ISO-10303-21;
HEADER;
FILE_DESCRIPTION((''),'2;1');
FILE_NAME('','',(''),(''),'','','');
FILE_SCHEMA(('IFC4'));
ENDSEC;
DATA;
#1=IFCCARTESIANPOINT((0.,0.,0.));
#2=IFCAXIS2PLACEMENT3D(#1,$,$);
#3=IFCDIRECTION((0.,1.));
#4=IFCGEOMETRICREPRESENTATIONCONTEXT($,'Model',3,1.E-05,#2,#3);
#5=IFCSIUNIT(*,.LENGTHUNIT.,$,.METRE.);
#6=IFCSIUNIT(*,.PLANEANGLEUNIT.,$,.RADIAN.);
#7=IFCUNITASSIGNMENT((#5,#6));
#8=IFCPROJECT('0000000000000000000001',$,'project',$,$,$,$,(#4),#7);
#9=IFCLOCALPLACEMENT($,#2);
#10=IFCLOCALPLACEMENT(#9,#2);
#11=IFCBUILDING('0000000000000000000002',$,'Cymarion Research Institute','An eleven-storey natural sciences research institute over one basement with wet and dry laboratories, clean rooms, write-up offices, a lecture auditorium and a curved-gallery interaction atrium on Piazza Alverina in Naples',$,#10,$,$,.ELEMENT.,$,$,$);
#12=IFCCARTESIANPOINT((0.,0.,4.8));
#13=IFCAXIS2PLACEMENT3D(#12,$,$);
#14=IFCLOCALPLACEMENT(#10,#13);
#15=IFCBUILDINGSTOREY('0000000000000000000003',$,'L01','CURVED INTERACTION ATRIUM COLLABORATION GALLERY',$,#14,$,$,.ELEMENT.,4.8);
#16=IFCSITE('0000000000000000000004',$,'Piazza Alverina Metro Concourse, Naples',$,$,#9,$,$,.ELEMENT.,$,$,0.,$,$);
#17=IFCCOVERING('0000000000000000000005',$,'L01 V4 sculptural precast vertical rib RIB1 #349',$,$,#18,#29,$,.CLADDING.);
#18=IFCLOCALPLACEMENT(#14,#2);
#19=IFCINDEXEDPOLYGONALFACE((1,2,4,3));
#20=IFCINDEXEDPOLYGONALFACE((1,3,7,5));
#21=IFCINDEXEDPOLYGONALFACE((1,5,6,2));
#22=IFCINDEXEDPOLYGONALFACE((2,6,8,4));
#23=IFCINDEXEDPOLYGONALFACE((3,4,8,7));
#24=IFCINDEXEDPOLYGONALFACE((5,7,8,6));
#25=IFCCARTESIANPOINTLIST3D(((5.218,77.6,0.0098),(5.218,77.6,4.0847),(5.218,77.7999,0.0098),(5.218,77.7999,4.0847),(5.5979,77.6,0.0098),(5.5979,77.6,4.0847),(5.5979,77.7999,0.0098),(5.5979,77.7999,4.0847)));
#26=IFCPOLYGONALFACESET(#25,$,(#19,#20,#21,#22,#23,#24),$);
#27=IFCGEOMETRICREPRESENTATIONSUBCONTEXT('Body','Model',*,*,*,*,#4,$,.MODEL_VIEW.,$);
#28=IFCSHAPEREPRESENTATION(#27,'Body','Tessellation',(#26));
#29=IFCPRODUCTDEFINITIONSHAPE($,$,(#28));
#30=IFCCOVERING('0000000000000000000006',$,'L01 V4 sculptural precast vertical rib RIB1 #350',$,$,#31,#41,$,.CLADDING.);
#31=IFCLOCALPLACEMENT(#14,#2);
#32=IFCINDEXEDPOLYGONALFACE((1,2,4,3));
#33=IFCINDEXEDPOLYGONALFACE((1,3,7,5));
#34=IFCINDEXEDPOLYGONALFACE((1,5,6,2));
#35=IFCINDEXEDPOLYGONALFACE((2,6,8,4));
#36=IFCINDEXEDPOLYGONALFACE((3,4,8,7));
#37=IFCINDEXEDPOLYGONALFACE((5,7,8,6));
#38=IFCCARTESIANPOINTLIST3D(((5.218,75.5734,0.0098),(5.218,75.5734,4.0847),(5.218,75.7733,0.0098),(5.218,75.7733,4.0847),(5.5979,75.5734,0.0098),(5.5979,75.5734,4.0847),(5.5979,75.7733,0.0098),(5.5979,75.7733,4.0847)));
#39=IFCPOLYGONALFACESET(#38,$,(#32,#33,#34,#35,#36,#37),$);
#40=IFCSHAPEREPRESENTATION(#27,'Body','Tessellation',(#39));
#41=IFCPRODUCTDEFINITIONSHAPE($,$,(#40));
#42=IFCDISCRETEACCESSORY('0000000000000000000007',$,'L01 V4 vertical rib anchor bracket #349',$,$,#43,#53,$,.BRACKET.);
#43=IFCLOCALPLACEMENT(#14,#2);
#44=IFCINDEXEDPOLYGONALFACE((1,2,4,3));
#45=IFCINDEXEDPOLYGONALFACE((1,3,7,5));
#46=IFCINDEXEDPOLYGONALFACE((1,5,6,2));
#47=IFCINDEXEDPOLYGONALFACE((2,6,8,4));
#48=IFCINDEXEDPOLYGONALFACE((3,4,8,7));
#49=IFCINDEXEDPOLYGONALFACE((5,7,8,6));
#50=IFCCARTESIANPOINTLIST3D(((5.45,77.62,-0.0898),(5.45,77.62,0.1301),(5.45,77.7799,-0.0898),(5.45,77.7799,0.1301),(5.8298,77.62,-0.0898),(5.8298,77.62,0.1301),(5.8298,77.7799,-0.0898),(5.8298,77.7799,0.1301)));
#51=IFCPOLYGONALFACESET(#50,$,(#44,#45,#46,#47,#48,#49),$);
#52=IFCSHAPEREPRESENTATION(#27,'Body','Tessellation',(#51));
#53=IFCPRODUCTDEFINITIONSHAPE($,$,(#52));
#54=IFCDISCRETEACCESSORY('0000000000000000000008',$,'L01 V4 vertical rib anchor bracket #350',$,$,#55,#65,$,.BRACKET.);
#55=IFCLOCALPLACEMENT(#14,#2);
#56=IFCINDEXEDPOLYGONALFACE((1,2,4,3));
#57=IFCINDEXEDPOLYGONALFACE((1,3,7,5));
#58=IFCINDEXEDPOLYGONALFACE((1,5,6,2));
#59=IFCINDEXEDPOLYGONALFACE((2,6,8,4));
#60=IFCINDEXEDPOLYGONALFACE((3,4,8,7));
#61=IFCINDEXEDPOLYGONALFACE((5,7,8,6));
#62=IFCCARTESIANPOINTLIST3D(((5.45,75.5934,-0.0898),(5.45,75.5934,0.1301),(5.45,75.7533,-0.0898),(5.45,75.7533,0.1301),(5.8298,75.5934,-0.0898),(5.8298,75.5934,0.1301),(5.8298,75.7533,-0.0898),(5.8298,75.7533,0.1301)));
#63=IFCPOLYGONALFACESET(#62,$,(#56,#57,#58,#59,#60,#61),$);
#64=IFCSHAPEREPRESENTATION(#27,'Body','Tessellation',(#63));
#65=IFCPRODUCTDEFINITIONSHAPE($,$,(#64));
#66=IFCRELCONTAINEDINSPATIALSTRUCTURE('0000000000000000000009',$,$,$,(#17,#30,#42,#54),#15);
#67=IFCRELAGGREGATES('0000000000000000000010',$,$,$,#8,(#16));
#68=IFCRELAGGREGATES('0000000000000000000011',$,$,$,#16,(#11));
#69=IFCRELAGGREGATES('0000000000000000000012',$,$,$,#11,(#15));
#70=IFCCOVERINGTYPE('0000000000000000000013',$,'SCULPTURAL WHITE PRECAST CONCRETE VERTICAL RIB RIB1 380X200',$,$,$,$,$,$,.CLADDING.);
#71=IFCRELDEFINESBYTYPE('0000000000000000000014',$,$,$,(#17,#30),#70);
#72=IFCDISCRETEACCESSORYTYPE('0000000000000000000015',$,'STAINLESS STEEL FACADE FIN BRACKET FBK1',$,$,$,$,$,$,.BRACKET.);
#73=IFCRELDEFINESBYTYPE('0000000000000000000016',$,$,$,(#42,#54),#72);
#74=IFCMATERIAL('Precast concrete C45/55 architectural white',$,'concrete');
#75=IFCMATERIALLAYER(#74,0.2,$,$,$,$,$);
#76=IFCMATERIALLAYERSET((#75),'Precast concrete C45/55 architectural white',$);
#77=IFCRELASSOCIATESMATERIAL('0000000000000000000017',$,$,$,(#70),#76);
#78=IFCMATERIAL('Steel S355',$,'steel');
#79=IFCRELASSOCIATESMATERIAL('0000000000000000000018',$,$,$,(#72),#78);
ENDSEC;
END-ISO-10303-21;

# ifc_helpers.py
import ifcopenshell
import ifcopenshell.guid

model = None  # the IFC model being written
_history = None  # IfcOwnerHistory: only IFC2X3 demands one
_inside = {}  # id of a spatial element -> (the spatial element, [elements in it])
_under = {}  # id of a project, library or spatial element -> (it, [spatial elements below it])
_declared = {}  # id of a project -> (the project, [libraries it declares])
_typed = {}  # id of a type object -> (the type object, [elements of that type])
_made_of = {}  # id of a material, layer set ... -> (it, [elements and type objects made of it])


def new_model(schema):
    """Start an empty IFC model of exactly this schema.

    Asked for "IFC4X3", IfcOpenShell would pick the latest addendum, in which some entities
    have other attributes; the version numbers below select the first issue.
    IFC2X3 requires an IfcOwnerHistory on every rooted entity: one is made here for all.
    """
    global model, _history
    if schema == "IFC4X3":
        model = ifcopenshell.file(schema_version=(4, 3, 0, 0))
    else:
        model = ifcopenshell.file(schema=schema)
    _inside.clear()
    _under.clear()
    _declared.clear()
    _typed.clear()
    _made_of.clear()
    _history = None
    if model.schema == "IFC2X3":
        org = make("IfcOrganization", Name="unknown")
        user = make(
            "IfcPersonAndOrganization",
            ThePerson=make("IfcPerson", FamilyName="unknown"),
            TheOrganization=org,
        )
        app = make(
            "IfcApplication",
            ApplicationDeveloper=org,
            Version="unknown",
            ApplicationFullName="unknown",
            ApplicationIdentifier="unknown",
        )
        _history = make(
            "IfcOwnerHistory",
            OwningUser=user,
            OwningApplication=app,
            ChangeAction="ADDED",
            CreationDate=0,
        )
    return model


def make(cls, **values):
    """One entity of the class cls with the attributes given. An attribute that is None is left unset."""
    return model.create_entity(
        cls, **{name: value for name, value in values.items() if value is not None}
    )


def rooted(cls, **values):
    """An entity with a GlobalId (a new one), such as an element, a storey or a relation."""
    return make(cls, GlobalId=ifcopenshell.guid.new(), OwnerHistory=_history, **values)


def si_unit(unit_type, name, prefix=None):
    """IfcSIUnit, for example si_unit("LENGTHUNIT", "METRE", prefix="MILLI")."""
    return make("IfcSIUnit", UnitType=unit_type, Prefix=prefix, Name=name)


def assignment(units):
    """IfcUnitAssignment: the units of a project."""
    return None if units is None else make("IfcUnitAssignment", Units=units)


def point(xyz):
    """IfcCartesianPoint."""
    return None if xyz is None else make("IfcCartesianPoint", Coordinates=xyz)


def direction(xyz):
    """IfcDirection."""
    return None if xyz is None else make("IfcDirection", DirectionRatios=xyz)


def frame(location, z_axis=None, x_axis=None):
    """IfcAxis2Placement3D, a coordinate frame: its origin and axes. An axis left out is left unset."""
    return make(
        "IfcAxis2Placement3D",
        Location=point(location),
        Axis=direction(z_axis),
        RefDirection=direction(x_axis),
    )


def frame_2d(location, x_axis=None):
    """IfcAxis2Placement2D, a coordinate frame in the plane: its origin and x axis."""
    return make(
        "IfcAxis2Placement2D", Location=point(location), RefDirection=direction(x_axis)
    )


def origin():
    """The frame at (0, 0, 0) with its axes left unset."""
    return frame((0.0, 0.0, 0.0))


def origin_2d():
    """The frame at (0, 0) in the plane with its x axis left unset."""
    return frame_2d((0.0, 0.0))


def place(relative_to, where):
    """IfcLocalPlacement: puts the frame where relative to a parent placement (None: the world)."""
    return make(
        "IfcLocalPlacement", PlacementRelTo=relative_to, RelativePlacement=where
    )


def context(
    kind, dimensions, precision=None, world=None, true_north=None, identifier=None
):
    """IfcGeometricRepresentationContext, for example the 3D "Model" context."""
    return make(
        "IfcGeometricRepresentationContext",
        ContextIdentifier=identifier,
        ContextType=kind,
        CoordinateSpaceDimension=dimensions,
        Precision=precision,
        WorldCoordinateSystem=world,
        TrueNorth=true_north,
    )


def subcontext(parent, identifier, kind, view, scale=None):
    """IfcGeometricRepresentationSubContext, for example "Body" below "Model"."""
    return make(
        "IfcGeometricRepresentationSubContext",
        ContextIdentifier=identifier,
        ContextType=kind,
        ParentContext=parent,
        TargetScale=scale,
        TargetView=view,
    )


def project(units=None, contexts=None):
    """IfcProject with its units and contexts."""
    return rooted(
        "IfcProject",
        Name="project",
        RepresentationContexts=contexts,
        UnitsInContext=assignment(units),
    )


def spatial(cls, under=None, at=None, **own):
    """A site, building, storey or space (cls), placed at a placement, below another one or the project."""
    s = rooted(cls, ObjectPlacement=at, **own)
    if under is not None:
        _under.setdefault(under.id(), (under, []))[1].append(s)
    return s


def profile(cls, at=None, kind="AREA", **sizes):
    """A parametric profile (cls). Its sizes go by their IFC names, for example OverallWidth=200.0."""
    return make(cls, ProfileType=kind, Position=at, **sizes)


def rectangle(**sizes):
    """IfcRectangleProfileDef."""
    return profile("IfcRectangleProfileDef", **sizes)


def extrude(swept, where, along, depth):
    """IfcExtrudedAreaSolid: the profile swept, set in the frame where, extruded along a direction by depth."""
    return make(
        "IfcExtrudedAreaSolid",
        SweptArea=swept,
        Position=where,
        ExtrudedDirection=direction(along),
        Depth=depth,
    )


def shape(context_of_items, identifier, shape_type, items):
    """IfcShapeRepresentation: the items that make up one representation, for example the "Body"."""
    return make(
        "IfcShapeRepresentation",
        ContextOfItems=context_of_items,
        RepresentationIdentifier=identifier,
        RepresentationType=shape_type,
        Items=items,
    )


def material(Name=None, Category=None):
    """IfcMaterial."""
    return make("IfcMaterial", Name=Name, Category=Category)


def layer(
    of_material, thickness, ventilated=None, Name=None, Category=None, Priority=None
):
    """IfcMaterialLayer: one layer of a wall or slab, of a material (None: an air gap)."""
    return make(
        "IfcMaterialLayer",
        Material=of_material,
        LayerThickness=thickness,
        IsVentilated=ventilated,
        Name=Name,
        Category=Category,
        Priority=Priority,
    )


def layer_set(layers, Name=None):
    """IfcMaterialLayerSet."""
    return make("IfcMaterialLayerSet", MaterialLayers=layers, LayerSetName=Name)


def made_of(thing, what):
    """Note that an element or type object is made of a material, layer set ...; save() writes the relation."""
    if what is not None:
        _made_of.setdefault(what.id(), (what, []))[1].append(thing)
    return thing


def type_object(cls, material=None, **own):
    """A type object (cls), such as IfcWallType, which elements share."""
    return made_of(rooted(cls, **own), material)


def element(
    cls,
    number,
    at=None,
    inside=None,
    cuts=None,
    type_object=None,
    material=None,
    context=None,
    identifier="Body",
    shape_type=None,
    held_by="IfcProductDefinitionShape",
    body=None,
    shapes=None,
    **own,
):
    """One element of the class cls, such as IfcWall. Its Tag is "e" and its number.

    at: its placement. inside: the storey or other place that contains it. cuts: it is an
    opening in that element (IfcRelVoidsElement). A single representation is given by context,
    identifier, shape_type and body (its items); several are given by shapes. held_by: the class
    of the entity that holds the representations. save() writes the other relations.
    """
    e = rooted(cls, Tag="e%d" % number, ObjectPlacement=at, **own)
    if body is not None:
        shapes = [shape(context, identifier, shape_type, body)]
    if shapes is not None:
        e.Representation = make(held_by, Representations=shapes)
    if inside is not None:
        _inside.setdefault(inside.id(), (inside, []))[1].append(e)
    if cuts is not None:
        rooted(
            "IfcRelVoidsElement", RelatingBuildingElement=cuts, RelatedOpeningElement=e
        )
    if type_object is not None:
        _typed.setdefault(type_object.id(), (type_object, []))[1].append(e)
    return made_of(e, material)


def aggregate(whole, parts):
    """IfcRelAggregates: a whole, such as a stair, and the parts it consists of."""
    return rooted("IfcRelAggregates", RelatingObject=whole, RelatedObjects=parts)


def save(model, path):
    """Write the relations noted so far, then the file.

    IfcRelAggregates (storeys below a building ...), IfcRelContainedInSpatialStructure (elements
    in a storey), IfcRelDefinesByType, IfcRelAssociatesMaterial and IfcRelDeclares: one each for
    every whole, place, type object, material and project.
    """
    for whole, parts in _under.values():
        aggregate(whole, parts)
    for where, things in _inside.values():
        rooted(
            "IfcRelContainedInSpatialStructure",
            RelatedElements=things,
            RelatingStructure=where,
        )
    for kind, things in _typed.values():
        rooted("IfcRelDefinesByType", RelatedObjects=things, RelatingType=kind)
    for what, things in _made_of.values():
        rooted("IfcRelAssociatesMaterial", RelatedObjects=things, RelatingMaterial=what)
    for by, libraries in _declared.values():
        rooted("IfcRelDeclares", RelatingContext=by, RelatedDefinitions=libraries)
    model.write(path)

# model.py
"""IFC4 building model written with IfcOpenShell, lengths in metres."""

from ifc_helpers import new_model, si_unit, direction, frame, origin, origin_2d, place, context, subcontext, project, spatial, rectangle, extrude, material, layer, layer_set, type_object, element, save


model = new_model("IFC4")

# Units and contexts
model_context = context("Model", 3, precision=1e-05, world=origin(), true_north=direction((0.0, 1.0)))
body_context = subcontext(model_context, "Body", "Model", "MODEL_VIEW")
ifc_project = project(units=[si_unit("LENGTHUNIT", "METRE"), si_unit("PLANEANGLEUNIT", "RADIAN")], contexts=[model_context])

# Site, building, storey
site_placement = place(None, origin())
site = spatial("IfcSite", under=ifc_project, at=site_placement, Name="Piazza Alverina Metro Concourse, Naples", CompositionType="ELEMENT", RefElevation=0.0)
building_placement = place(site_placement, origin())
building = spatial("IfcBuilding", under=site, at=building_placement, Name="Cymarion Research Institute", Description="An eleven-storey natural sciences research institute over one basement with wet and dry laboratories, clean rooms, write-up offices, a lecture auditorium and a curved-gallery interaction atrium on Piazza Alverina in Naples", CompositionType="ELEMENT")
storey_placement = place(building_placement, frame((0.0, 0.0, 4.8)))
storey = spatial("IfcBuildingStorey", under=building, at=storey_placement, Name="L01", Description="CURVED INTERACTION ATRIUM COLLABORATION GALLERY", CompositionType="ELEMENT", Elevation=4.8)

# Shared definitions
ifc_material_1 = material(Name="Steel S355", Category="steel")

# Coverings
ifc_material_2 = material(Name="Precast concrete C45/55 architectural white", Category="concrete")
ifc_layer_1 = layer(ifc_material_2, 0.2)
ifc_layer_set_1 = layer_set([ifc_layer_1], Name="Precast concrete C45/55 architectural white")
covering_type = type_object("IfcCoveringType", Name="SCULPTURAL WHITE PRECAST CONCRETE VERTICAL RIB RIB1 380X200", PredefinedType="CLADDING", material=ifc_layer_set_1)
for number, where, z_axis, x_axis, name in (
    (1, (5.408, 77.7, 0.0098), (0.0, 0.0, 1.0), (-1.0, 0.0, 0.0), "L01 V4 sculptural precast vertical rib RIB1 #349"),
    (2, (5.408, 75.6733, 0.0098), (0.0, 0.0, 1.0), (-1.0, 0.0, 0.0), "L01 V4 sculptural precast vertical rib RIB1 #350"),
):
    element("IfcCovering", number, at=place(storey_placement, frame(where, z_axis=z_axis, x_axis=x_axis)), inside=storey, type_object=covering_type, Name=name, PredefinedType="CLADDING", context=body_context, shape_type="SweptSolid", body=[
        extrude(rectangle(XDim=0.3799, YDim=0.2, at=origin_2d()), origin(), (0.0, 0.0, 1.0), 4.075),
    ])

# Discrete accessories
discrete_accessory_type = type_object("IfcDiscreteAccessoryType", Name="STAINLESS STEEL FACADE FIN BRACKET FBK1", PredefinedType="BRACKET", material=ifc_material_1)
for number, where, z_axis, x_axis, name in (
    (3, (5.6399, 77.7, -0.0898), (0.0, 0.0, 1.0), (-1.0, 0.0, 0.0), "L01 V4 vertical rib anchor bracket #349"),
    (4, (5.6399, 75.6733, -0.0898), (0.0, 0.0, 1.0), (-1.0, 0.0, 0.0), "L01 V4 vertical rib anchor bracket #350"),
):
    element("IfcDiscreteAccessory", number, at=place(storey_placement, frame(where, z_axis=z_axis, x_axis=x_axis)), inside=storey, type_object=discrete_accessory_type, Name=name, PredefinedType="BRACKET", context=body_context, shape_type="SweptSolid", body=[
        extrude(rectangle(XDim=0.3799, YDim=0.1599, at=origin_2d()), origin(), (0.0, 0.0, 1.0), 0.22),
    ])

save(model, "model.ifc")
